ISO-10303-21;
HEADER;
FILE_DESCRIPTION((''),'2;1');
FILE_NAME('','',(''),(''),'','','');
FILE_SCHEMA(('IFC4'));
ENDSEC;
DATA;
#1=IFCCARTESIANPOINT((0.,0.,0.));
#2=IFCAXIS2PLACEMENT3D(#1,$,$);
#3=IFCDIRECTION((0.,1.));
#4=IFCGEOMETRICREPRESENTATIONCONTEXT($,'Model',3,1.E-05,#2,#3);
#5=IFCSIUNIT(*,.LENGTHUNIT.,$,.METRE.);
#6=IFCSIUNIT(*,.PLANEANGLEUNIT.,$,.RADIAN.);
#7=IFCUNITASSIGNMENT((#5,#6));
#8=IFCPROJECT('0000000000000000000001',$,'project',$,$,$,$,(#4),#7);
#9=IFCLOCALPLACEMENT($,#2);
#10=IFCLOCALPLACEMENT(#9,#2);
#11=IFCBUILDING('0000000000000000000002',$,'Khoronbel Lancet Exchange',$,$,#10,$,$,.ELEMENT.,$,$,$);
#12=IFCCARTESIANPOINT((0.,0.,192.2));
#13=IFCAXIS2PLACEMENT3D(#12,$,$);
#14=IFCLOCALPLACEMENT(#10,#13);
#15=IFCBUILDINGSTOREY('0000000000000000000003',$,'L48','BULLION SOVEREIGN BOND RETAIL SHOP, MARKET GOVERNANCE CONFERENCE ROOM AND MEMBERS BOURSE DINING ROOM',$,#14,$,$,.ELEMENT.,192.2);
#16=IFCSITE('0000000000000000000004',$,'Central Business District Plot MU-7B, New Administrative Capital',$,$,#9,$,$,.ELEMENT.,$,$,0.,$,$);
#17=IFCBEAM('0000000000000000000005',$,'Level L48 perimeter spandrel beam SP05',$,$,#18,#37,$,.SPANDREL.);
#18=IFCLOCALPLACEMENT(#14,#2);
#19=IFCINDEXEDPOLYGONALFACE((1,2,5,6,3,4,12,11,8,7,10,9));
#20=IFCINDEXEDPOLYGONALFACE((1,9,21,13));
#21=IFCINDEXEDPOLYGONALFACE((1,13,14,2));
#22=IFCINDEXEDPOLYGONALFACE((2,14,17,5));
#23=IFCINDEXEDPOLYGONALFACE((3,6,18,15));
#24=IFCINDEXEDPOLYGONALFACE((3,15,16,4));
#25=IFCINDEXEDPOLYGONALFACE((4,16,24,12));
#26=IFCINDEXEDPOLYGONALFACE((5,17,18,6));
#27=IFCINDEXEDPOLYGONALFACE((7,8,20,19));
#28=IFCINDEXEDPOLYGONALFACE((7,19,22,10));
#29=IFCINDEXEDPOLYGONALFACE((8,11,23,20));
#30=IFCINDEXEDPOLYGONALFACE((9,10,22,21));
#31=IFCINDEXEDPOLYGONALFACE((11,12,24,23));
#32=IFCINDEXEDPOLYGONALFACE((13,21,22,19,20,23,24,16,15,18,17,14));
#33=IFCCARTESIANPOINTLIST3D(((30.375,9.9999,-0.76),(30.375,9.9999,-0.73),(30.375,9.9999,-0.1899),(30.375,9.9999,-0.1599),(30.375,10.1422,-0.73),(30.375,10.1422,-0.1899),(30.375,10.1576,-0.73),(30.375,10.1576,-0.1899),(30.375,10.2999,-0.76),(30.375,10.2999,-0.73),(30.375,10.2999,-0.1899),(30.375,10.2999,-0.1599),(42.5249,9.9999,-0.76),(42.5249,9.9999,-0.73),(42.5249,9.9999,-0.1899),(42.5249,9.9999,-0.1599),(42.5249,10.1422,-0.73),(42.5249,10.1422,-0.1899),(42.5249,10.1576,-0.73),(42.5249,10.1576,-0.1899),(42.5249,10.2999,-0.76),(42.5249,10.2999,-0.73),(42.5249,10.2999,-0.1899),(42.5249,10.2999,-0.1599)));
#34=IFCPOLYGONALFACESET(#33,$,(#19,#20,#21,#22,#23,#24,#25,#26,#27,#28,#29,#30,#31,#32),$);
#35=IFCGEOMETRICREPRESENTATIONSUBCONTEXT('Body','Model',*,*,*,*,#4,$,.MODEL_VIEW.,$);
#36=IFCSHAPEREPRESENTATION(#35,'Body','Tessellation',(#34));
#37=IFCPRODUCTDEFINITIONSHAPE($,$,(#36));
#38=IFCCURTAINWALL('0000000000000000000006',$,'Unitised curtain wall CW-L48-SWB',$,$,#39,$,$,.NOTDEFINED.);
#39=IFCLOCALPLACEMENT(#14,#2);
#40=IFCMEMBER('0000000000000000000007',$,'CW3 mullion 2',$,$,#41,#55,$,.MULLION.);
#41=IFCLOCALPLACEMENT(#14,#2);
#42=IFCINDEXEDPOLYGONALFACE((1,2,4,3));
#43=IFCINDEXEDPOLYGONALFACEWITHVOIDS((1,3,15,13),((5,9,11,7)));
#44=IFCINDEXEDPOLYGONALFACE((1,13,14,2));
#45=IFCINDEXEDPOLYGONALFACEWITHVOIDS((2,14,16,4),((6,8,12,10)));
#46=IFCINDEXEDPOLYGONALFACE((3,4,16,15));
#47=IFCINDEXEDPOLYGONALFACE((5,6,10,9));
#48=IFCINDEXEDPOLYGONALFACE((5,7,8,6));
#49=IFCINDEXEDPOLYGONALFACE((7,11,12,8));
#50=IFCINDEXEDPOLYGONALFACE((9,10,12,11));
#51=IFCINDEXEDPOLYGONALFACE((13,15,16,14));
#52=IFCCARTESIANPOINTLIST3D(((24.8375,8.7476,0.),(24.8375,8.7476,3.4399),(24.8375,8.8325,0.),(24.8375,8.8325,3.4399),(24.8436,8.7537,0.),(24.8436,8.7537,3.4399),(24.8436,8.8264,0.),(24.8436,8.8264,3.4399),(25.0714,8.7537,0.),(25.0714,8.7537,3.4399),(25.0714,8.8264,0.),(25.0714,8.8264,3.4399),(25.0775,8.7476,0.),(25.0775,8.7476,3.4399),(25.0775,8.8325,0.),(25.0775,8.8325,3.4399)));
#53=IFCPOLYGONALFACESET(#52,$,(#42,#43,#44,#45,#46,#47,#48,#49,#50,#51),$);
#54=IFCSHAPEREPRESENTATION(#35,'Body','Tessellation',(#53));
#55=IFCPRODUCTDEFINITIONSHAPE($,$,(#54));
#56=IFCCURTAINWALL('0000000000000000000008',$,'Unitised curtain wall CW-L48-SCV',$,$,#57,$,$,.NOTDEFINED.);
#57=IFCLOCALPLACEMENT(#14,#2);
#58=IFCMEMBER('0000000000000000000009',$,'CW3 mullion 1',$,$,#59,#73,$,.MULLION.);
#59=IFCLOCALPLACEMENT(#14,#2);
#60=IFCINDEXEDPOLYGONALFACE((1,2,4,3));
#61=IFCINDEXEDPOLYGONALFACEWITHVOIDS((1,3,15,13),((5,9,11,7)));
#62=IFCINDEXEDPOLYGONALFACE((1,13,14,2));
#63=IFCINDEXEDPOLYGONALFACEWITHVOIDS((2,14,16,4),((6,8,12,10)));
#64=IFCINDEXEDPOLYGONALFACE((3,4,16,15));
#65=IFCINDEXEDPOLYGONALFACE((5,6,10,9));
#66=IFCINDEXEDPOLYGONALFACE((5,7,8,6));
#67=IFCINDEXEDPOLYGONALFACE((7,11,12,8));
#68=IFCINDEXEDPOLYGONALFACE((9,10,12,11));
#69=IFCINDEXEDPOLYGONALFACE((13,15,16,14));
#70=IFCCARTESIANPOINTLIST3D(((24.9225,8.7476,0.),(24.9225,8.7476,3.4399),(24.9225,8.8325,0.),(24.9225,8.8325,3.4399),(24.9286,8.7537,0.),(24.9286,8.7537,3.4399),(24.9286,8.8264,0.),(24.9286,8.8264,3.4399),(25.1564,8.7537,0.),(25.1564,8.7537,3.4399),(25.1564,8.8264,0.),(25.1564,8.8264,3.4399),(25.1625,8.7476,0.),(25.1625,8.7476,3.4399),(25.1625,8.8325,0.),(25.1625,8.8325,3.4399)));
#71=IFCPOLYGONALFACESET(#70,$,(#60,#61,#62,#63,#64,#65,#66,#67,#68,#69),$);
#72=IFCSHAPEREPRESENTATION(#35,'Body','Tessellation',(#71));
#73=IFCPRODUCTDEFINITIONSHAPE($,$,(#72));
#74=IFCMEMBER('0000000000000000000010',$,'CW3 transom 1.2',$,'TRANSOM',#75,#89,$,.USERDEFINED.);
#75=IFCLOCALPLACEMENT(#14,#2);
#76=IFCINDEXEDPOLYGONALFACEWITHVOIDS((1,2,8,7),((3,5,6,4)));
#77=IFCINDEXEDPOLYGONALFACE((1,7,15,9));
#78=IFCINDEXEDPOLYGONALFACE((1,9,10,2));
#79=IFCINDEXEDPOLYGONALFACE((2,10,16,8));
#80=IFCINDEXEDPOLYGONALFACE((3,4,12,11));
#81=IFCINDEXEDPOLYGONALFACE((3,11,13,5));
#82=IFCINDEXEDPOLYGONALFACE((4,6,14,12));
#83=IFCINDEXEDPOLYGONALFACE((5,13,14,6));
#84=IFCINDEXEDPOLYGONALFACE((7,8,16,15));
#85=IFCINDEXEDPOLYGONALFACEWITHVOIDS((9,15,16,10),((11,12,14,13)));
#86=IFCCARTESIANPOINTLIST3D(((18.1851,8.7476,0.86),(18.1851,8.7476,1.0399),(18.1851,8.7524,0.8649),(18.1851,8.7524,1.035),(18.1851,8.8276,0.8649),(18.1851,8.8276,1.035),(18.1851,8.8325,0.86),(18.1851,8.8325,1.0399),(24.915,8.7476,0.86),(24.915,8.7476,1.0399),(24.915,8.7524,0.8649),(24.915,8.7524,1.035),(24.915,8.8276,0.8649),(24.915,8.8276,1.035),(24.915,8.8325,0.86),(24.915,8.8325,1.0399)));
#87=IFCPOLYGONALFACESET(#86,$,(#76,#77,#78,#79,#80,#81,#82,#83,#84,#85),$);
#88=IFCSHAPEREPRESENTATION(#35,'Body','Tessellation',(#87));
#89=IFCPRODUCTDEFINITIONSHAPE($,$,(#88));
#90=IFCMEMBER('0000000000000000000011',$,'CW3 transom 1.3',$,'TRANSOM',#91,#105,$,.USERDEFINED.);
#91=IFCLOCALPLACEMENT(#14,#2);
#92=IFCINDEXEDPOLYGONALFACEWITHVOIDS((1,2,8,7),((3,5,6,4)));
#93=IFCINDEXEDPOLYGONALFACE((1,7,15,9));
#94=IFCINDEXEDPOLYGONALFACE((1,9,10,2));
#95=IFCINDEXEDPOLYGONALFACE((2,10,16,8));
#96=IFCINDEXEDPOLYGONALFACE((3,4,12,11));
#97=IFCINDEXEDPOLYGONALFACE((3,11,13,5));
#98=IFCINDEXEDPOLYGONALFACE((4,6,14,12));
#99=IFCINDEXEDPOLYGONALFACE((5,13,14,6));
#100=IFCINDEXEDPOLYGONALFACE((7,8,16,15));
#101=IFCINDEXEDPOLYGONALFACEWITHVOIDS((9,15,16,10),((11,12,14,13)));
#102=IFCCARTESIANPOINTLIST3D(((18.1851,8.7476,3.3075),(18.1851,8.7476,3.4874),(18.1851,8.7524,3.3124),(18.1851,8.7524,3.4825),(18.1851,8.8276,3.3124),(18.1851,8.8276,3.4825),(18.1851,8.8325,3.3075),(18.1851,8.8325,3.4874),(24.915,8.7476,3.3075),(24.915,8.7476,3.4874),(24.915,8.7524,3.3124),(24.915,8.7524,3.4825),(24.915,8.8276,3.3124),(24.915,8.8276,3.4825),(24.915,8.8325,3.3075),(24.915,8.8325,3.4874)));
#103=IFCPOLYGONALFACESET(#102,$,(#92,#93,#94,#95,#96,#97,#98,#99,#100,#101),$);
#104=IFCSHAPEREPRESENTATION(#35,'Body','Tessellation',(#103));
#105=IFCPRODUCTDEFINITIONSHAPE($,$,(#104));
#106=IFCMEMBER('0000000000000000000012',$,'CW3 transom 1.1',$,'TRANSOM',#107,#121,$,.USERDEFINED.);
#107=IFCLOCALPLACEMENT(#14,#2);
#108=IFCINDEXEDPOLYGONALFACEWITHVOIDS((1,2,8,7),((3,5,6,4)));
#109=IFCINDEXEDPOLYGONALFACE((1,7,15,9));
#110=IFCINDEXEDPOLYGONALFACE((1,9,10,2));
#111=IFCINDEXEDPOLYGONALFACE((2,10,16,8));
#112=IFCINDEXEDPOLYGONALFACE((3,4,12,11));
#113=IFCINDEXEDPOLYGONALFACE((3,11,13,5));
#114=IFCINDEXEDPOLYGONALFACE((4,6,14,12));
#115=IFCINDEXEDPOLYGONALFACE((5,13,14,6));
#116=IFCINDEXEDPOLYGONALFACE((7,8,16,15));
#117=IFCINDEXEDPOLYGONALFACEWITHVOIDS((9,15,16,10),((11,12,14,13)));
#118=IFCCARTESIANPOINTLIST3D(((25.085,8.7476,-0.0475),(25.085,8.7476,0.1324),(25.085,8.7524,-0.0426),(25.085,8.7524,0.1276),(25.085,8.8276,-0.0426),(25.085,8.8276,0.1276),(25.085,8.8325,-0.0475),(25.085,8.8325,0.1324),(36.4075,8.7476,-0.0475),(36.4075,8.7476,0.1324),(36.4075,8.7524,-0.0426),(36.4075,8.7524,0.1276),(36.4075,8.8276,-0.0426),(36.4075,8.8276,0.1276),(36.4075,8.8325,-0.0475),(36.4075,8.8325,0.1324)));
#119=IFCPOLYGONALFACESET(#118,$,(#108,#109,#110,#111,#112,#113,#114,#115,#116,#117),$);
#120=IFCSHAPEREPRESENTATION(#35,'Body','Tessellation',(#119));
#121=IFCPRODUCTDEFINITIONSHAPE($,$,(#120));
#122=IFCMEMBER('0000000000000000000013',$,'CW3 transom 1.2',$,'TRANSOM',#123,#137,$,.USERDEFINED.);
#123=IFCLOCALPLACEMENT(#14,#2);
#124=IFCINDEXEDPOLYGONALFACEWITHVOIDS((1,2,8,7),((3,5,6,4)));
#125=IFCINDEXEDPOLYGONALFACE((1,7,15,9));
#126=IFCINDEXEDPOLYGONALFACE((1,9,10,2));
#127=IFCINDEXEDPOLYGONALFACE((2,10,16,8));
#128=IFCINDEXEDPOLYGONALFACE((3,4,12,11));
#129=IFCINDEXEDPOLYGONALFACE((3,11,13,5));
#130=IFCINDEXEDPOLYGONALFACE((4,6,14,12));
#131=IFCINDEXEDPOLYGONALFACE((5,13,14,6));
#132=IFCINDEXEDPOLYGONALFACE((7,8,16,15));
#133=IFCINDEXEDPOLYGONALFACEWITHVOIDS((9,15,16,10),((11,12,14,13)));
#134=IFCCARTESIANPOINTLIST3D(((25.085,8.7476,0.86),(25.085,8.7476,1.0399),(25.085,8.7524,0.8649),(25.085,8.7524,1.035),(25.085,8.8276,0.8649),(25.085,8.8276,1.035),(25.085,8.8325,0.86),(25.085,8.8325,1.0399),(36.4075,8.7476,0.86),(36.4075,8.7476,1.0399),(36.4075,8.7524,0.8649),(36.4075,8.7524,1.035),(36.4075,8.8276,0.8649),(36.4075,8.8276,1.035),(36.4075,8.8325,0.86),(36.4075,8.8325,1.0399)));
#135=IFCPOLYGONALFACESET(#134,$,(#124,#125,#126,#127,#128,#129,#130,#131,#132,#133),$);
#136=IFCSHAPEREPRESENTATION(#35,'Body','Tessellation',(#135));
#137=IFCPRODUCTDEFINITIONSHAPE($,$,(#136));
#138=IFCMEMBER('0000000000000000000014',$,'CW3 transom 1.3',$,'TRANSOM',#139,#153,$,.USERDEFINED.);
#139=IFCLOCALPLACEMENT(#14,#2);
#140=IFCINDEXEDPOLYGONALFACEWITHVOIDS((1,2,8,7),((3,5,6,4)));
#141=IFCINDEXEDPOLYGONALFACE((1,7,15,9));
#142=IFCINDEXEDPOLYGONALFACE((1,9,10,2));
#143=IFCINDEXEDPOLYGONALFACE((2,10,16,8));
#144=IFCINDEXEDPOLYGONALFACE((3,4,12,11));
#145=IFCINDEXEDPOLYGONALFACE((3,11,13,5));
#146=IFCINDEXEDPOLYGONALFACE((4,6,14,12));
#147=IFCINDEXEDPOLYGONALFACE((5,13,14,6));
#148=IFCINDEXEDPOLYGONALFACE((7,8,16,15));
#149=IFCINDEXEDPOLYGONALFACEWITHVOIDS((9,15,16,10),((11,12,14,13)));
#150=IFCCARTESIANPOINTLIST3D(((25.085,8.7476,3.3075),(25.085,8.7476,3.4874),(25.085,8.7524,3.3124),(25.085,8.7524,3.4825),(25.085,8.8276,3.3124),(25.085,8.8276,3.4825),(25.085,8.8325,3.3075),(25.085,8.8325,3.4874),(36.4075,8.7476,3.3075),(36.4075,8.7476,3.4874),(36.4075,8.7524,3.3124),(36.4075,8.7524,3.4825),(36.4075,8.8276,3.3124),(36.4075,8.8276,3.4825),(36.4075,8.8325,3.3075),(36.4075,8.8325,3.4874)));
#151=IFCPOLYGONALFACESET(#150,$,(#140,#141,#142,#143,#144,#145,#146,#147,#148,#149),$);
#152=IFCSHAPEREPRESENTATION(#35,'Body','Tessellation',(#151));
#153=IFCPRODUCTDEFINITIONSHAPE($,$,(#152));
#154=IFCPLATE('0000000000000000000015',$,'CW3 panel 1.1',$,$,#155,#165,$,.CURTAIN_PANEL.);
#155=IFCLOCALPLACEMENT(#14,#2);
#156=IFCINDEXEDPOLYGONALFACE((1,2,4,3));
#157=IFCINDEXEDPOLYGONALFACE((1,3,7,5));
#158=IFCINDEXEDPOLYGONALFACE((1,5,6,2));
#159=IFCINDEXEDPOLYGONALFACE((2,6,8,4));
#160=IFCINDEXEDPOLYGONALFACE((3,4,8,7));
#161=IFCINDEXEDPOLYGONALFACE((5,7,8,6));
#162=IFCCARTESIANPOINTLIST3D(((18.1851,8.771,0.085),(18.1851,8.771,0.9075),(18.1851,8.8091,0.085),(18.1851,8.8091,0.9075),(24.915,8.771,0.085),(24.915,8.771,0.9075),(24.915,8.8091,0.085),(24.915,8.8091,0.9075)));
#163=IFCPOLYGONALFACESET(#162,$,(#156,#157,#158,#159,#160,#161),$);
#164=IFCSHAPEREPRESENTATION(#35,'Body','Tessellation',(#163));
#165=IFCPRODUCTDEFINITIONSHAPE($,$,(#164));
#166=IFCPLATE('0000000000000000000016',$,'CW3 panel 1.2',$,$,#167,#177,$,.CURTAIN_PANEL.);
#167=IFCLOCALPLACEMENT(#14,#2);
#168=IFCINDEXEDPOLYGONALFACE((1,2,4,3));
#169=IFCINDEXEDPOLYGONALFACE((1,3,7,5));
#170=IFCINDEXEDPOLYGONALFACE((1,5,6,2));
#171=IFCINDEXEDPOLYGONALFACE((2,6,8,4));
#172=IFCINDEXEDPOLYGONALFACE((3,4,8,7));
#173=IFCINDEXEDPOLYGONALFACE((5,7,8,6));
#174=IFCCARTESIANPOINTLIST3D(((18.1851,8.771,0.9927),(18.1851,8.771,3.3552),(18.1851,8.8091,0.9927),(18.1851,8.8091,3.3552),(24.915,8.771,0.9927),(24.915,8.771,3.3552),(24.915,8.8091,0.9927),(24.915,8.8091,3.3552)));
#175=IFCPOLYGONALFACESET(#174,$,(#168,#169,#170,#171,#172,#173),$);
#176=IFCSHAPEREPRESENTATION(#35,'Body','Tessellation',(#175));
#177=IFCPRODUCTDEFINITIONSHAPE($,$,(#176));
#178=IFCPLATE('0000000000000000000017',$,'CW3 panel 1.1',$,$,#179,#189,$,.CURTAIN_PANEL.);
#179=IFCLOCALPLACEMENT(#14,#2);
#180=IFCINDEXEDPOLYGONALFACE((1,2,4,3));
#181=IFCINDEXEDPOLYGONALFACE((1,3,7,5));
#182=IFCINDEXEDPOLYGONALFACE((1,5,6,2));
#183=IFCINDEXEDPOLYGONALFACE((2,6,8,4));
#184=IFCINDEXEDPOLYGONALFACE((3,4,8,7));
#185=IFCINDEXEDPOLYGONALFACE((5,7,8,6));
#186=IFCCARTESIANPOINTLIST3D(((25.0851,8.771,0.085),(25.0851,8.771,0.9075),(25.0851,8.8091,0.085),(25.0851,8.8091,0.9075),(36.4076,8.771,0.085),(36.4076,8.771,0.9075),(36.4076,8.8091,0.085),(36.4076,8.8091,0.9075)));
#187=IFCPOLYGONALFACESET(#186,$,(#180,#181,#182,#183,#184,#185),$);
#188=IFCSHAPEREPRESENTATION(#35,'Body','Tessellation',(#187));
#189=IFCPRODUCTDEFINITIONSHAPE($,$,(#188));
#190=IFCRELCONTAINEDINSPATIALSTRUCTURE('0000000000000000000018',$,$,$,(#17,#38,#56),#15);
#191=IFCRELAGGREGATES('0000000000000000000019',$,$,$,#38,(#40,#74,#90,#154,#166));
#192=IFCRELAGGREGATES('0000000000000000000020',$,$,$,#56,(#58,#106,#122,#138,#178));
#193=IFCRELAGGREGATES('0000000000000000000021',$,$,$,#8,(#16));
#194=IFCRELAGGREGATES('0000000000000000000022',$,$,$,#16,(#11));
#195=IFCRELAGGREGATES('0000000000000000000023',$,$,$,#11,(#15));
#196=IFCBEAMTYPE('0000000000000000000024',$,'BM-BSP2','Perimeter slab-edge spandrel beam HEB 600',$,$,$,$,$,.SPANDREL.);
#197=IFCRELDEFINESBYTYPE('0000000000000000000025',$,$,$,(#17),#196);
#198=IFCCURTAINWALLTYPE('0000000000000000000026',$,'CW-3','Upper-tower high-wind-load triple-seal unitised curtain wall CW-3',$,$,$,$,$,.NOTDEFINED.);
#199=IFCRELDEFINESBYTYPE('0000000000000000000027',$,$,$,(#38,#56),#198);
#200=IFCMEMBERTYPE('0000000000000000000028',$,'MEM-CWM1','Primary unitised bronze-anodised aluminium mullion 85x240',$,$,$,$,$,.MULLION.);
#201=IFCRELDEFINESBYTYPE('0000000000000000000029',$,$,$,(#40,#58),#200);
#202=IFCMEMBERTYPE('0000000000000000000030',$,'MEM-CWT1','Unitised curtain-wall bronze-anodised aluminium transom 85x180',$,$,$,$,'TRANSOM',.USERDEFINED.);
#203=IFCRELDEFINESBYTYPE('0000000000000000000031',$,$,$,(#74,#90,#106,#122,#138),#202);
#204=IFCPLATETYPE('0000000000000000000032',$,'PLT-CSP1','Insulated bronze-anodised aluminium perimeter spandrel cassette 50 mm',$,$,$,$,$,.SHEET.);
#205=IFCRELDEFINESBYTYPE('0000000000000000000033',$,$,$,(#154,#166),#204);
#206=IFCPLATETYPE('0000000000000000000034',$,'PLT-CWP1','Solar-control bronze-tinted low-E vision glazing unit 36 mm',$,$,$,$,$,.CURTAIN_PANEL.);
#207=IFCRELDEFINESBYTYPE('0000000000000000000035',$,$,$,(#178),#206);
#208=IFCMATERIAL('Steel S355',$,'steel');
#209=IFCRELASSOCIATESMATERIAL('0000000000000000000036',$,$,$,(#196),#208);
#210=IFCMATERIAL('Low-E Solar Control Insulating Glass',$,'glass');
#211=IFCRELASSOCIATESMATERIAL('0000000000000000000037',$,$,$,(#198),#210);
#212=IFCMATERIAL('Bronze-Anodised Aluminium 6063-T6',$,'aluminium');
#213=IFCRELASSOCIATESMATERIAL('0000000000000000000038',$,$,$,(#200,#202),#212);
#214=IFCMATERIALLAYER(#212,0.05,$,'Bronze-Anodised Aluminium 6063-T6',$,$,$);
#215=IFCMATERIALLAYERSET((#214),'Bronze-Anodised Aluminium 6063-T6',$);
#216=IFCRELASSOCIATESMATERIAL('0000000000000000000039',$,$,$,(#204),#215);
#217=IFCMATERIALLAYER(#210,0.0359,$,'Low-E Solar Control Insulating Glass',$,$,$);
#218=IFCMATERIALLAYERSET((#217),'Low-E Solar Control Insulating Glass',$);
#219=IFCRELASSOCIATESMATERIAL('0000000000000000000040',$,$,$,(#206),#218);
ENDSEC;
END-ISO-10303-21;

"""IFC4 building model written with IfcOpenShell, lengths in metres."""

from ifc_helpers import new_model, si_unit, direction, frame, origin, origin_2d, place, context, subcontext, project, spatial, rectangle, hollow_rectangle, i_section, extrude, material, layer, layer_set, material_profile, profile_set, type_object, element, aggregate, save


model = new_model("IFC4")

# Units and contexts
model_context = context("Model", 3, precision=1e-05, world=origin(), true_north=direction((0.0, 1.0)))
body_context = subcontext(model_context, "Body", "Model", "MODEL_VIEW")
ifc_project = project(units=[si_unit("LENGTHUNIT", "METRE"), si_unit("PLANEANGLEUNIT", "RADIAN")], contexts=[model_context])

# Site, building, storey
site_placement = place(None, origin())
site = spatial("IfcSite", under=ifc_project, at=site_placement, Name="Central Business District Plot MU-7B, New Administrative Capital", CompositionType="ELEMENT", RefElevation=0.0)
building_placement = place(site_placement, origin())
building = spatial("IfcBuilding", under=site, at=building_placement, Name="Khoronbel Lancet Exchange", CompositionType="ELEMENT")
storey_placement = place(building_placement, frame((0.0, 0.0, 192.2)))
storey = spatial("IfcBuildingStorey", under=building, at=storey_placement, Name="L48", Description="BULLION SOVEREIGN BOND RETAIL SHOP, MARKET GOVERNANCE CONFERENCE ROOM AND MEMBERS BOURSE DINING ROOM", CompositionType="ELEMENT", Elevation=192.2)

# Beam
ifc_material_1 = material(Name="Steel S355", Category="steel")
ifc_material_profile_1 = material_profile(ifc_material_1, i_section(OverallWidth=0.3, OverallDepth=0.6001, WebThickness=0.0154, FlangeThickness=0.03, at=origin_2d()), Name="HEB 600")
ifc_profile_set_1 = profile_set([ifc_material_profile_1], Name="Steel S355")
beam_type_1 = type_object("IfcBeamType", Name="BM-BSP2", Description="Perimeter slab-edge spandrel beam HEB 600", PredefinedType="SPANDREL", material=ifc_profile_set_1)
beam_1_placement = place(storey_placement, frame((30.375, 10.1499, -0.46), z_axis=(1.0, 0.0, 0.0), x_axis=(0.0, 1.0, 0.0)))
element("IfcBeam", 1, at=beam_1_placement, inside=storey, type_object=beam_type_1, Name="Level L48 perimeter spandrel beam SP05", PredefinedType="SPANDREL", context=body_context, shape_type="SweptSolid", body=[
    extrude(i_section(OverallWidth=0.3, OverallDepth=0.6001, WebThickness=0.0154, FlangeThickness=0.03, at=origin_2d()), origin(), (0.0, 0.0, 1.0), 12.1499),
])

# Curtain walls, members
ifc_material_2 = material(Name="Low-E Solar Control Insulating Glass", Category="glass")
curtain_wall_type = type_object("IfcCurtainWallType", Name="CW-3", Description="Upper-tower high-wind-load triple-seal unitised curtain wall CW-3", PredefinedType="NOTDEFINED", material=ifc_material_2)
curtain_wall_1_placement = place(storey_placement, origin())
curtain_wall_1 = element("IfcCurtainWall", 2, at=curtain_wall_1_placement, inside=storey, type_object=curtain_wall_type, Name="Unitised curtain wall CW-L48-SWB", PredefinedType="NOTDEFINED")
ifc_material_3 = material(Name="Bronze-Anodised Aluminium 6063-T6", Category="aluminium")
ifc_material_profile_2 = material_profile(ifc_material_3, hollow_rectangle(XDim=0.085, YDim=0.24, WallThickness=0.0061, at=origin_2d()), Name="ALU MULLION 85x240")
ifc_profile_set_2 = profile_set([ifc_material_profile_2], Name="Bronze-Anodised Aluminium 6063-T6")
member_type_1 = type_object("IfcMemberType", Name="MEM-CWM1", Description="Primary unitised bronze-anodised aluminium mullion 85x240", PredefinedType="MULLION", material=ifc_profile_set_2)
member_1_placement = place(storey_placement, frame((24.9575, 8.79, 0.0), z_axis=(0.0, 0.0, 1.0), x_axis=(0.0, 1.0, 0.0)))
member_1 = element("IfcMember", 3, at=member_1_placement, type_object=member_type_1, Name="CW3 mullion 2", PredefinedType="MULLION", context=body_context, shape_type="SweptSolid", body=[
    extrude(hollow_rectangle(XDim=0.085, YDim=0.24, WallThickness=0.0061, at=origin_2d()), origin(), (0.0, 0.0, 1.0), 3.4399),
])
curtain_wall_2_placement = place(storey_placement, origin())
curtain_wall_2 = element("IfcCurtainWall", 4, at=curtain_wall_2_placement, inside=storey, type_object=curtain_wall_type, Name="Unitised curtain wall CW-L48-SCV", PredefinedType="NOTDEFINED")
member_2_placement = place(storey_placement, frame((25.0425, 8.79, 0.0), z_axis=(0.0, 0.0, 1.0), x_axis=(0.0, 1.0, 0.0)))
member_2 = element("IfcMember", 5, at=member_2_placement, type_object=member_type_1, Name="CW3 mullion 1", PredefinedType="MULLION", context=body_context, shape_type="SweptSolid", body=[
    extrude(hollow_rectangle(XDim=0.085, YDim=0.24, WallThickness=0.0061, at=origin_2d()), origin(), (0.0, 0.0, 1.0), 3.4399),
])

# Members
ifc_material_profile_3 = material_profile(ifc_material_3, hollow_rectangle(XDim=0.085, YDim=0.1799, WallThickness=0.0049, at=origin_2d()), Name="ALU TRANSOM 85x180")
ifc_profile_set_3 = profile_set([ifc_material_profile_3], Name="Bronze-Anodised Aluminium 6063-T6")
member_type_2 = type_object("IfcMemberType", Name="MEM-CWT1", Description="Unitised curtain-wall bronze-anodised aluminium transom 85x180", ElementType="TRANSOM", PredefinedType="USERDEFINED", material=ifc_profile_set_3)
member_3_placement = place(storey_placement, frame((18.1851, 8.79, 0.95), z_axis=(1.0, 0.0, 0.0), x_axis=(0.0, 1.0, 0.0)))
member_3 = element("IfcMember", 6, at=member_3_placement, type_object=member_type_2, Name="CW3 transom 1.2", ObjectType="TRANSOM", PredefinedType="USERDEFINED", context=body_context, shape_type="SweptSolid", body=[
    extrude(hollow_rectangle(XDim=0.085, YDim=0.1799, WallThickness=0.0049, at=origin_2d()), origin(), (0.0, 0.0, 1.0), 6.73),
])
member_4_placement = place(storey_placement, frame((18.1851, 8.79, 3.3975), z_axis=(1.0, 0.0, 0.0), x_axis=(0.0, 1.0, 0.0)))
member_4 = element("IfcMember", 7, at=member_4_placement, type_object=member_type_2, Name="CW3 transom 1.3", ObjectType="TRANSOM", PredefinedType="USERDEFINED", context=body_context, shape_type="SweptSolid", body=[
    extrude(hollow_rectangle(XDim=0.085, YDim=0.1799, WallThickness=0.0049, at=origin_2d()), origin(), (0.0, 0.0, 1.0), 6.73),
])
member_5_placement = place(storey_placement, frame((25.085, 8.79, 0.0425), z_axis=(1.0, 0.0, 0.0), x_axis=(0.0, 1.0, 0.0)))
member_5 = element("IfcMember", 8, at=member_5_placement, type_object=member_type_2, Name="CW3 transom 1.1", ObjectType="TRANSOM", PredefinedType="USERDEFINED", context=body_context, shape_type="SweptSolid", body=[
    extrude(hollow_rectangle(XDim=0.085, YDim=0.1799, WallThickness=0.0049, at=origin_2d()), origin(), (0.0, 0.0, 1.0), 11.3225),
])
member_6_placement = place(storey_placement, frame((25.085, 8.79, 0.95), z_axis=(1.0, 0.0, 0.0), x_axis=(0.0, 1.0, 0.0)))
member_6 = element("IfcMember", 9, at=member_6_placement, type_object=member_type_2, Name="CW3 transom 1.2", ObjectType="TRANSOM", PredefinedType="USERDEFINED", context=body_context, shape_type="SweptSolid", body=[
    extrude(hollow_rectangle(XDim=0.085, YDim=0.1799, WallThickness=0.0049, at=origin_2d()), origin(), (0.0, 0.0, 1.0), 11.3225),
])
member_7_placement = place(storey_placement, frame((25.085, 8.79, 3.3975), z_axis=(1.0, 0.0, 0.0), x_axis=(0.0, 1.0, 0.0)))
member_7 = element("IfcMember", 10, at=member_7_placement, type_object=member_type_2, Name="CW3 transom 1.3", ObjectType="TRANSOM", PredefinedType="USERDEFINED", context=body_context, shape_type="SweptSolid", body=[
    extrude(hollow_rectangle(XDim=0.085, YDim=0.1799, WallThickness=0.0049, at=origin_2d()), origin(), (0.0, 0.0, 1.0), 11.3225),
])

# Plates
ifc_layer_1 = layer(ifc_material_3, 0.05, Name="Bronze-Anodised Aluminium 6063-T6")
ifc_layer_set_1 = layer_set([ifc_layer_1], Name="Bronze-Anodised Aluminium 6063-T6")
plate_type_1 = type_object("IfcPlateType", Name="PLT-CSP1", Description="Insulated bronze-anodised aluminium perimeter spandrel cassette 50 mm", PredefinedType="SHEET", material=ifc_layer_set_1)
plate_1_placement = place(storey_placement, frame((21.55, 8.79, 0.085), z_axis=(0.0, 0.0, 1.0), x_axis=(1.0, 0.0, 0.0)))
plate_1 = element("IfcPlate", 11, at=plate_1_placement, type_object=plate_type_1, Name="CW3 panel 1.1", PredefinedType="CURTAIN_PANEL", context=body_context, shape_type="SweptSolid", body=[
    extrude(rectangle(XDim=6.73, YDim=0.0381, at=origin_2d()), origin(), (0.0, 0.0, 1.0), 0.8225),
])
plate_2_placement = place(storey_placement, frame((21.55, 8.79, 0.9927), z_axis=(0.0, 0.0, 1.0), x_axis=(1.0, 0.0, 0.0)))
plate_2 = element("IfcPlate", 12, at=plate_2_placement, type_object=plate_type_1, Name="CW3 panel 1.2", PredefinedType="CURTAIN_PANEL", context=body_context, shape_type="SweptSolid", body=[
    extrude(rectangle(XDim=6.73, YDim=0.0381, at=origin_2d()), origin(), (0.0, 0.0, 1.0), 2.3625),
])
aggregate(curtain_wall_1, [member_1, member_3, member_4, plate_1, plate_2])
ifc_layer_2 = layer(ifc_material_2, 0.0359, Name="Low-E Solar Control Insulating Glass")
ifc_layer_set_2 = layer_set([ifc_layer_2], Name="Low-E Solar Control Insulating Glass")
plate_type_2 = type_object("IfcPlateType", Name="PLT-CWP1", Description="Solar-control bronze-tinted low-E vision glazing unit 36 mm", PredefinedType="CURTAIN_PANEL", material=ifc_layer_set_2)
plate_3_placement = place(storey_placement, frame((30.7463, 8.79, 0.085), z_axis=(0.0, 0.0, 1.0), x_axis=(1.0, 0.0, 0.0)))
plate_3 = element("IfcPlate", 13, at=plate_3_placement, type_object=plate_type_2, Name="CW3 panel 1.1", PredefinedType="CURTAIN_PANEL", context=body_context, shape_type="SweptSolid", body=[
    extrude(rectangle(XDim=11.3225, YDim=0.0381, at=origin_2d()), origin(), (0.0, 0.0, 1.0), 0.8225),
])
aggregate(curtain_wall_2, [member_2, member_5, member_6, member_7, plate_3])

save(model, "model.ifc")
